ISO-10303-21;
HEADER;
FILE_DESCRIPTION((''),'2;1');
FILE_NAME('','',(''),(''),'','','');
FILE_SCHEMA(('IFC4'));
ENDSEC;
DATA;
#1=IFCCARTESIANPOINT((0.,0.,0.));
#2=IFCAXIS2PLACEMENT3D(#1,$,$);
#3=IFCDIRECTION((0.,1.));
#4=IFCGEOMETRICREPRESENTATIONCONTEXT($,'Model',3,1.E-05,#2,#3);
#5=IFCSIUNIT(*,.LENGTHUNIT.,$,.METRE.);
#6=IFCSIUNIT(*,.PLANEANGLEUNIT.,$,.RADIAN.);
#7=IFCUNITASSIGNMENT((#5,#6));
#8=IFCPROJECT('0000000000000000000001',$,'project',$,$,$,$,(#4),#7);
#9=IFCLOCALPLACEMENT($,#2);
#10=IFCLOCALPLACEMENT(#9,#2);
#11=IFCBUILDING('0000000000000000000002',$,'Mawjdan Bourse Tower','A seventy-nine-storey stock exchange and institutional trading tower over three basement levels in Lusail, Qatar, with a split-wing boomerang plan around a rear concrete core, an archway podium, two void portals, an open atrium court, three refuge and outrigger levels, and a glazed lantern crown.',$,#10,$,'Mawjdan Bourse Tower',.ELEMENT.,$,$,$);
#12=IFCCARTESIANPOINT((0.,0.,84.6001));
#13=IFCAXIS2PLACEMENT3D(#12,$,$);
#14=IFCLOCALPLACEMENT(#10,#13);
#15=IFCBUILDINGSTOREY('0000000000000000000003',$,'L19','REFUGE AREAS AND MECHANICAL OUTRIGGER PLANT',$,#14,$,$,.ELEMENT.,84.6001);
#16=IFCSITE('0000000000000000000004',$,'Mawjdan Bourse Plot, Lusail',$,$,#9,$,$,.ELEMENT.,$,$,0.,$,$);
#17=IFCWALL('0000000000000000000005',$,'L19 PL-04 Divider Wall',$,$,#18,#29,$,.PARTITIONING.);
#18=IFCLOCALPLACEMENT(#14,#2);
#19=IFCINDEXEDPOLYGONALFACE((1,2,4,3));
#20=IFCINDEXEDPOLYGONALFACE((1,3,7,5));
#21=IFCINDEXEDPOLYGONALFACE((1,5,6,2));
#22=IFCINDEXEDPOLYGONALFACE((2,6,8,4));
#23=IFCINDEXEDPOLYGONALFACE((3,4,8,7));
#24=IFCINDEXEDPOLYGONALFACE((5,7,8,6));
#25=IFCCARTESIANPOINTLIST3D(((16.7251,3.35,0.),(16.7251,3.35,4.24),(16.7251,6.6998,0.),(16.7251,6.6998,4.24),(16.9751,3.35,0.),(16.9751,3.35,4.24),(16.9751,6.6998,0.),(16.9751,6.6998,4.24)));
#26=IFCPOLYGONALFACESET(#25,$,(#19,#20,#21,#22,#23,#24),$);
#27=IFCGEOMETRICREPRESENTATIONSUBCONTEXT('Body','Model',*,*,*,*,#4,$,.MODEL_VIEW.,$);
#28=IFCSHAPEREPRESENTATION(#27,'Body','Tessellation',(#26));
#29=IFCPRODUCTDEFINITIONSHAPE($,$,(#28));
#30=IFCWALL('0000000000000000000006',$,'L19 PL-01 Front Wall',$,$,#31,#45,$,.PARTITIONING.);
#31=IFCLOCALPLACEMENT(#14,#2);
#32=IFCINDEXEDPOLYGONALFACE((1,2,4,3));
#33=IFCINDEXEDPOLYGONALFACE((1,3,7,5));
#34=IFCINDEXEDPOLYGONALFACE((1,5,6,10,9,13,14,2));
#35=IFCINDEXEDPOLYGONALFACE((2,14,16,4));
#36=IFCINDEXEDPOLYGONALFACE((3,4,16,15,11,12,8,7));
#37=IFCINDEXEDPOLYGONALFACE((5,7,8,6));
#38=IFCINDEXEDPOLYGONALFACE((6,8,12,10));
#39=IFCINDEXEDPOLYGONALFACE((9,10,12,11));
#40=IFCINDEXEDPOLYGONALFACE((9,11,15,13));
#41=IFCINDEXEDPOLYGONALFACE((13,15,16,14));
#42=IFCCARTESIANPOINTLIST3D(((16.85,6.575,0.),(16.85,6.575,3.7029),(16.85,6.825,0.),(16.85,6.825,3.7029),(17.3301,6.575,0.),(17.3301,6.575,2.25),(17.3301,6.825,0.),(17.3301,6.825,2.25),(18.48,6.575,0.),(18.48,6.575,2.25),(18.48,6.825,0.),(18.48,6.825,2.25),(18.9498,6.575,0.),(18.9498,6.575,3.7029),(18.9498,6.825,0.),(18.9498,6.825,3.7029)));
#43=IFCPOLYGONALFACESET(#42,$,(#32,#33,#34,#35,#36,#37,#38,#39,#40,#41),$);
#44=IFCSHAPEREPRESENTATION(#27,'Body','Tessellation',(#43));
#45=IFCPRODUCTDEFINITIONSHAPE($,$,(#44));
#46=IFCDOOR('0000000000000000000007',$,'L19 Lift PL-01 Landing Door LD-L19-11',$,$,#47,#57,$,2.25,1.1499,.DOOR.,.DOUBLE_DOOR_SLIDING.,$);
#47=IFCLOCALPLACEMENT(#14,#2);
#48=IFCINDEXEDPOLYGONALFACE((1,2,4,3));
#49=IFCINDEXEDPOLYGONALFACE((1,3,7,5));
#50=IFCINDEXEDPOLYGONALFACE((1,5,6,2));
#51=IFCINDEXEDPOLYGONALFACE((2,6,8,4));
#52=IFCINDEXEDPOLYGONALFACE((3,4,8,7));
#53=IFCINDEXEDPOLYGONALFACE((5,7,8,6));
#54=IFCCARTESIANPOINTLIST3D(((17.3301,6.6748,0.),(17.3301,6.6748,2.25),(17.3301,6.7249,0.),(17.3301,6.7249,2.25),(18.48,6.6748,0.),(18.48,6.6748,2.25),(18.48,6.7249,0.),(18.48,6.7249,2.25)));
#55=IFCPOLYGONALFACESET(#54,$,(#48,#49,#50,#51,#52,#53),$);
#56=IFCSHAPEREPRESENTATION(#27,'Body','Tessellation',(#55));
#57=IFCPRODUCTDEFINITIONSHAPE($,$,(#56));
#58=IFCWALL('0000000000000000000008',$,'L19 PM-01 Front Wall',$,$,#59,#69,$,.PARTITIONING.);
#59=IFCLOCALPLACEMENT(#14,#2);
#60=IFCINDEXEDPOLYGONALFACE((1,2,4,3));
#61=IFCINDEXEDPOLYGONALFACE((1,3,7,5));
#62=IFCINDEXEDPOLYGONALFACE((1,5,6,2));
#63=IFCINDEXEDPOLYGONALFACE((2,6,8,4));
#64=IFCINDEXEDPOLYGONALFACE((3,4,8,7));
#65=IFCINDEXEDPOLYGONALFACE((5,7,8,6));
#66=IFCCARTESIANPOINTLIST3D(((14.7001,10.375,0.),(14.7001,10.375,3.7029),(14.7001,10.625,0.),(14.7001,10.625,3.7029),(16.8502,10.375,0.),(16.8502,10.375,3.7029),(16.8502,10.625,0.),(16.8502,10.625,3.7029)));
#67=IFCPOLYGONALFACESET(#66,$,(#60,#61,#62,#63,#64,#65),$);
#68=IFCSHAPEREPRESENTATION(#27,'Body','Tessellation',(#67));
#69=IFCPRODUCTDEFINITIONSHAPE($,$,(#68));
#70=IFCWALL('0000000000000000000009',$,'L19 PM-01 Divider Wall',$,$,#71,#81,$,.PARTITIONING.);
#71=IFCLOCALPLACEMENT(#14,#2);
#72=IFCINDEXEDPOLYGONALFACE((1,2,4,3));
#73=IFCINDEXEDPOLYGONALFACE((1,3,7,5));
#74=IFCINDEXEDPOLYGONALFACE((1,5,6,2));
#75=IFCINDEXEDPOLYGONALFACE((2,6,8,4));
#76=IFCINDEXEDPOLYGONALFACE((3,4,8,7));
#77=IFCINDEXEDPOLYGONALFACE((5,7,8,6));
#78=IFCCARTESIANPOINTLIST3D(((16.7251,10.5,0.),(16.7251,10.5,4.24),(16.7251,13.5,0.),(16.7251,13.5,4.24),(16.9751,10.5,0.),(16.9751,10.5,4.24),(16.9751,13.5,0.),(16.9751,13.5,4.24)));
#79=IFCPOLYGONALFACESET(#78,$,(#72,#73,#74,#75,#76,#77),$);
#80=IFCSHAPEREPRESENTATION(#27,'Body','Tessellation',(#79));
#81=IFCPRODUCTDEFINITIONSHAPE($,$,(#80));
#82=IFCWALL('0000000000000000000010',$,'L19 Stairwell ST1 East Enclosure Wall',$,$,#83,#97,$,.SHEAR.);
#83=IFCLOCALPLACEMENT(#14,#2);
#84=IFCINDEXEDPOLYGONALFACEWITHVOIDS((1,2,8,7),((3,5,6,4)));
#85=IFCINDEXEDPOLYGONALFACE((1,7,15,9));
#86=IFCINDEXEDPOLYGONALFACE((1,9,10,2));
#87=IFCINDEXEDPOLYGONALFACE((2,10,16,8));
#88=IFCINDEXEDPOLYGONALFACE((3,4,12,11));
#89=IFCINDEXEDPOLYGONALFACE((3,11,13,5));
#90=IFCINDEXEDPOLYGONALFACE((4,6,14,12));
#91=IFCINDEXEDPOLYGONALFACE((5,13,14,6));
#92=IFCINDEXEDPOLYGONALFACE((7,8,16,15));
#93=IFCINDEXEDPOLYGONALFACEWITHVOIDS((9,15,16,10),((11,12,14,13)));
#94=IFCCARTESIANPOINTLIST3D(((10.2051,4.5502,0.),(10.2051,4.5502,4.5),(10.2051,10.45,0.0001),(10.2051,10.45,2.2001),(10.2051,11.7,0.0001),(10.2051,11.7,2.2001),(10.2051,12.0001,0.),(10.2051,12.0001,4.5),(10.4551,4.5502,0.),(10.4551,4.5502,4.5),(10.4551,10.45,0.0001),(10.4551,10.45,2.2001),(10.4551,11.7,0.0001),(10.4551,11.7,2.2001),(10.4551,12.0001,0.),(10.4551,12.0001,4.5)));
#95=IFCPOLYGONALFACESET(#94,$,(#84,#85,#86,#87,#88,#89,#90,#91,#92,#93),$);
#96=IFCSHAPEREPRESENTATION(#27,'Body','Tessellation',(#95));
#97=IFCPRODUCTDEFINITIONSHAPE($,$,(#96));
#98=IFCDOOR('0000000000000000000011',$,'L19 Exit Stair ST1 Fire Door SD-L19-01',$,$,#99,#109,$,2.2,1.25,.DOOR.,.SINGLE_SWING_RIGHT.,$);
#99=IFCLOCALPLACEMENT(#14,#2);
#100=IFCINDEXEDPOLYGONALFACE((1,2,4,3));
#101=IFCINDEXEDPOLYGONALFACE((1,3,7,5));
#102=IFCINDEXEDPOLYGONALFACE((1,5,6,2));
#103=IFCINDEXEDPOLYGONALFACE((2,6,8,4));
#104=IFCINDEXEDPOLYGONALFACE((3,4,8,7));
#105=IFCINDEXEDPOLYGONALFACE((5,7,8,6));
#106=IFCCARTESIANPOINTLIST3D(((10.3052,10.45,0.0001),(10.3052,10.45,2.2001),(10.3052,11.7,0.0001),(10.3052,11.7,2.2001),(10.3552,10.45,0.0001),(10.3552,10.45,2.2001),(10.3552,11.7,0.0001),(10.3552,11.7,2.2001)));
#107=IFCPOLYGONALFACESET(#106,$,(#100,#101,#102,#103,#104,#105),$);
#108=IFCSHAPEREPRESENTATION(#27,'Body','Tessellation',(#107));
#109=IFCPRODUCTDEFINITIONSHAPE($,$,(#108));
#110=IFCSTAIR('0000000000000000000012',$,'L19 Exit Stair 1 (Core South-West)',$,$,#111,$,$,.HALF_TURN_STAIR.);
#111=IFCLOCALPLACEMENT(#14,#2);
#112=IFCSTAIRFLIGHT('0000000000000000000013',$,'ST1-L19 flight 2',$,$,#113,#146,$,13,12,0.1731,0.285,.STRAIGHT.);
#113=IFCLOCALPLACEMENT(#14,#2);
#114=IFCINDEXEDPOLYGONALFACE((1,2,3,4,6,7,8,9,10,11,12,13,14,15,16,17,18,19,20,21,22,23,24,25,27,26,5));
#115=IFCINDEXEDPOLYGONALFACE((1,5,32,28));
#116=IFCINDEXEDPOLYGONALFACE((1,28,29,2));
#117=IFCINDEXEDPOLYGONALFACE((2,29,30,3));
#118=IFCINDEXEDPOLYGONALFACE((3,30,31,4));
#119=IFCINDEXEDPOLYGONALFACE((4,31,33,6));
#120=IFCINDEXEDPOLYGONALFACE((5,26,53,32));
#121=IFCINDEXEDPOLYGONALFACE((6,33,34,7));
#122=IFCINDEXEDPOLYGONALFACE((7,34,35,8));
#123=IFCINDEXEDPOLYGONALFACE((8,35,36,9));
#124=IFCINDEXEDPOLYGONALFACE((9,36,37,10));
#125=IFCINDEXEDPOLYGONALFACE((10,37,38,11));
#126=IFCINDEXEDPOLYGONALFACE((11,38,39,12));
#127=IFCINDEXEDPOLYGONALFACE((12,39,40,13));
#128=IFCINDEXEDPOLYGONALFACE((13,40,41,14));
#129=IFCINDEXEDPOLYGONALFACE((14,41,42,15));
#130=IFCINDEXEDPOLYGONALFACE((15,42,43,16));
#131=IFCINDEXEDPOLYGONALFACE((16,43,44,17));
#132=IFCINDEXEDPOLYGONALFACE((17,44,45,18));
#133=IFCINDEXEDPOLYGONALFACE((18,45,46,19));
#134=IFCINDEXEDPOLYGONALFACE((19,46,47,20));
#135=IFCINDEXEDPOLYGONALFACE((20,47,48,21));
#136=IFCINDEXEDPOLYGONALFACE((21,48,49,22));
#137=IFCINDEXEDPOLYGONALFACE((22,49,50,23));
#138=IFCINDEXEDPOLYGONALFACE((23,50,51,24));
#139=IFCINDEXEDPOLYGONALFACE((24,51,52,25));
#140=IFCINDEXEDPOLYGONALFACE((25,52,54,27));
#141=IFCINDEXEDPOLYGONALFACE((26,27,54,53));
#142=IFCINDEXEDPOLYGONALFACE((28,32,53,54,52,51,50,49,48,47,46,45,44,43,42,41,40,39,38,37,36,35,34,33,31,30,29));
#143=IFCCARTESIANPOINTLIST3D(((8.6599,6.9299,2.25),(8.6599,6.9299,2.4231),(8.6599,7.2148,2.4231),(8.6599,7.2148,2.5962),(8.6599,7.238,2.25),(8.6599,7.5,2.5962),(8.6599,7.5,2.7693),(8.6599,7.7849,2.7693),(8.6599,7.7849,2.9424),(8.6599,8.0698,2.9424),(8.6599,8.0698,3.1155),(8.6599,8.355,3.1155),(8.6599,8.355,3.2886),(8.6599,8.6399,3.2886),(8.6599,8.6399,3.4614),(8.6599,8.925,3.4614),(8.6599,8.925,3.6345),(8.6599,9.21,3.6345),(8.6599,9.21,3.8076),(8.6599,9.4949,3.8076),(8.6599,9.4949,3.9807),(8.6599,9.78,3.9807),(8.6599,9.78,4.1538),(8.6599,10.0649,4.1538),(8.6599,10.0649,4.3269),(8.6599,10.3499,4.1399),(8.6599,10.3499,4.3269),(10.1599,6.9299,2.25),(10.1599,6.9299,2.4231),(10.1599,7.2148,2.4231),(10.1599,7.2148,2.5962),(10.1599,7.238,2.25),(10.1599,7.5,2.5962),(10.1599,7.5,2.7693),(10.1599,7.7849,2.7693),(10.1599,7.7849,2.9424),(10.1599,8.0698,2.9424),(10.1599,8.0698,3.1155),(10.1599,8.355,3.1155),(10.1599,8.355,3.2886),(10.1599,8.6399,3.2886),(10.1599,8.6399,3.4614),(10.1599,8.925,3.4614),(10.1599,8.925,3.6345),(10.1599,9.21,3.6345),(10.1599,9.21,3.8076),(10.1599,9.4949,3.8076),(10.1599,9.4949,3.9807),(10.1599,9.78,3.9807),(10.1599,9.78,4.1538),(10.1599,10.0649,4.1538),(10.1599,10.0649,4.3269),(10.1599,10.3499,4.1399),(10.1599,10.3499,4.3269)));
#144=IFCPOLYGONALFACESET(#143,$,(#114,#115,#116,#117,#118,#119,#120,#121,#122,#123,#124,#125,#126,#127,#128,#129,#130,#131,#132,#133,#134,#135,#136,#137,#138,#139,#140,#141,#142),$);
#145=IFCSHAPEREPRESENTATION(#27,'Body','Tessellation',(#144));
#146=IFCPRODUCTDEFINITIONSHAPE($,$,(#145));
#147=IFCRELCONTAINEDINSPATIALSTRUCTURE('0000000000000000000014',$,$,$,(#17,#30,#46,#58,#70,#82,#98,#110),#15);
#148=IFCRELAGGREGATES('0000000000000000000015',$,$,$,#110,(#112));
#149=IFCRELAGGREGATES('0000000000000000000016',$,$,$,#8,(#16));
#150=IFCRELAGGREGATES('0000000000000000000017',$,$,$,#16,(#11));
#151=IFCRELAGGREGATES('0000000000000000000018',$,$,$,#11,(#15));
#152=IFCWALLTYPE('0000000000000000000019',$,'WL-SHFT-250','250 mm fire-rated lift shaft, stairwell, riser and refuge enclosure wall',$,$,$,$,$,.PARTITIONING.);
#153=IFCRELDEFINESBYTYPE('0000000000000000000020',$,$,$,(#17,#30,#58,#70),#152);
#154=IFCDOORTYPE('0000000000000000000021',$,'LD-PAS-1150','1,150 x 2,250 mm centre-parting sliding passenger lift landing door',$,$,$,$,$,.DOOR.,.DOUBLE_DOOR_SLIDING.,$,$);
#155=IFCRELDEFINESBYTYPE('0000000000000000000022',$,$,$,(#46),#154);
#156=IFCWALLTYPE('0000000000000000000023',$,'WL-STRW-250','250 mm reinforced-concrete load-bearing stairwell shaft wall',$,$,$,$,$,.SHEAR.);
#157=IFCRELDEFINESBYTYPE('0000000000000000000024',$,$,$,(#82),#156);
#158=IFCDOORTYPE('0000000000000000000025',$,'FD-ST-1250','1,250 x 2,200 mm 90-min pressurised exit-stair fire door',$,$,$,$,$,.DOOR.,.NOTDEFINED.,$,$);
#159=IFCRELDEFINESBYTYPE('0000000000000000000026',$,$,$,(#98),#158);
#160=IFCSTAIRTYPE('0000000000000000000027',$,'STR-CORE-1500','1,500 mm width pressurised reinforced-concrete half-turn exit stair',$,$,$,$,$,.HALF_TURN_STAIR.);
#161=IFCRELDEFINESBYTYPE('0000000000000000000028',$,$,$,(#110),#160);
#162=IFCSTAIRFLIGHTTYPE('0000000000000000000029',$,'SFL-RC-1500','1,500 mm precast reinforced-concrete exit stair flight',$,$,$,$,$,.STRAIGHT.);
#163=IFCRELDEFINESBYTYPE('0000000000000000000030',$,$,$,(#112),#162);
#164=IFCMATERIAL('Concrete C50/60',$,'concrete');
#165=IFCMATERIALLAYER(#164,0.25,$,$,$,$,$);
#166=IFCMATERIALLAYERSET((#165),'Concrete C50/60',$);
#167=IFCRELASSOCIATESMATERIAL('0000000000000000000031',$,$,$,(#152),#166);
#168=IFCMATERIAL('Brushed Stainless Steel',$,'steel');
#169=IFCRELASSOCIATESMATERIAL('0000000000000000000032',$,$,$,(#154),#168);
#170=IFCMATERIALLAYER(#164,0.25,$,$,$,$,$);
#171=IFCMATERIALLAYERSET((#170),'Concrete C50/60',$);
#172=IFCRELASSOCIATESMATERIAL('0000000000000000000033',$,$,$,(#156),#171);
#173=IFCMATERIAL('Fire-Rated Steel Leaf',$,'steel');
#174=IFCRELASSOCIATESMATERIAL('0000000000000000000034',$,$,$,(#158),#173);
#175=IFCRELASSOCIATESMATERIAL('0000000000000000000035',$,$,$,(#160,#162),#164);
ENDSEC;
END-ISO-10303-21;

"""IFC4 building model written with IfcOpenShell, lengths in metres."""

from ifc_helpers import new_model, si_unit, direction, frame, frame_2d, origin, place, context, subcontext, project, spatial, polyline, rectangle, outline, extrude, material, layer, layer_set, type_object, element, fill, aggregate, save


model = new_model("IFC4")

# Units and contexts
model_context = context("Model", 3, precision=1e-05, world=origin(), true_north=direction((0.0, 1.0)))
body_context = subcontext(model_context, "Body", "Model", "MODEL_VIEW")
ifc_project = project(units=[si_unit("LENGTHUNIT", "METRE"), si_unit("PLANEANGLEUNIT", "RADIAN")], contexts=[model_context])

# Site, building, storey
site_placement = place(None, origin())
site = spatial("IfcSite", under=ifc_project, at=site_placement, Name="Mawjdan Bourse Plot, Lusail", CompositionType="ELEMENT", RefElevation=0.0)
building_placement = place(site_placement, origin())
building = spatial("IfcBuilding", under=site, at=building_placement, Name="Mawjdan Bourse Tower", Description="A seventy-nine-storey stock exchange and institutional trading tower over three basement levels in Lusail, Qatar, with a split-wing boomerang plan around a rear concrete core, an archway podium, two void portals, an open atrium court, three refuge and outrigger levels, and a glazed lantern crown.", LongName="Mawjdan Bourse Tower", CompositionType="ELEMENT")
storey_placement = place(building_placement, frame((0.0, 0.0, 84.6001)))
storey = spatial("IfcBuildingStorey", under=building, at=storey_placement, Name="L19", Description="REFUGE AREAS AND MECHANICAL OUTRIGGER PLANT", CompositionType="ELEMENT", Elevation=84.6001)

# Shared definitions
ifc_material_1 = material(Name="Concrete C50/60", Category="concrete")
ifc_layer_1 = layer(ifc_material_1, 0.25)
ifc_layer_set_1 = layer_set([ifc_layer_1], Name="Concrete C50/60")
wall_type_1 = type_object("IfcWallType", Name="WL-SHFT-250", Description="250 mm fire-rated lift shaft, stairwell, riser and refuge enclosure wall", PredefinedType="PARTITIONING", material=ifc_layer_set_1)

# Shared definitions
ifc_material_2 = material(Name="Brushed Stainless Steel", Category="steel")

# Shared definitions
ifc_material_3 = material(Name="Fire-Rated Steel Leaf", Category="steel")

# Shared definitions
door_type_1 = type_object("IfcDoorType", Name="LD-PAS-1150", Description="1,150 x 2,250 mm centre-parting sliding passenger lift landing door", OperationType="DOUBLE_DOOR_SLIDING", PredefinedType="DOOR", material=ifc_material_2)

# Wall
wall_1_placement = place(storey_placement, frame((16.8501, 3.3501, 0.0), z_axis=(0.0, 0.0, 1.0), x_axis=(0.0, 1.0, 0.0)))
element("IfcWall", 1, at=wall_1_placement, inside=storey, type_object=wall_type_1, Name="L19 PL-04 Divider Wall", PredefinedType="PARTITIONING", context=body_context, shape_type="SweptSolid", body=[
    extrude(rectangle(XDim=3.3499, YDim=0.25, at=frame_2d((1.6748, 0.0))), origin(), (0.0, 0.0, 1.0), 4.24),
])

# Wall, opening, door
wall_2_placement = place(storey_placement, frame((16.8501, 6.7, 0.0), z_axis=(0.0, 0.0, 1.0), x_axis=(1.0, 0.0, 0.0)))
wall_2 = element("IfcWall", 2, at=wall_2_placement, inside=storey, type_object=wall_type_1, Name="L19 PL-01 Front Wall", PredefinedType="PARTITIONING", context=body_context, shape_type="SweptSolid", body=[
    extrude(rectangle(XDim=2.0999, YDim=0.25, at=frame_2d((1.0498, 0.0))), origin(), (0.0, 0.0, 1.0), 3.7029),
])
opening_1_placement = place(wall_2_placement, frame((0.48, 0.0, 0.0)))
opening_1 = element("IfcOpeningElement", 3, at=opening_1_placement, cuts=wall_2, PredefinedType="OPENING", context=body_context, shape_type="SweptSolid", body=[
    extrude(rectangle(XDim=1.1499, YDim=2.25, at=frame_2d((0.575, 1.125))), frame((0.0, 0.135, 0.0), z_axis=(0.0, -1.0, 0.0), x_axis=(1.0, 0.0, 0.0)), (0.0, 0.0, 1.0), 0.27),
])
door_1_placement = place(opening_1_placement, origin())
door_1 = element("IfcDoor", 4, at=door_1_placement, inside=storey, type_object=door_type_1, Name="L19 Lift PL-01 Landing Door LD-L19-11", OperationType="DOUBLE_DOOR_SLIDING", OverallHeight=2.25, OverallWidth=1.1499, PredefinedType="DOOR", context=body_context, shape_type="SweptSolid", body=[
    extrude(rectangle(XDim=1.1499, YDim=2.25, at=frame_2d((0.575, 1.125))), frame((0.0, 0.0249, 0.0), z_axis=(0.0, -1.0, 0.0), x_axis=(1.0, 0.0, 0.0)), (0.0, 0.0, 1.0), 0.05),
])
fill(opening_1, door_1)

# Walls
wall_3_placement = place(storey_placement, frame((14.7, 10.5, 0.0), z_axis=(0.0, 0.0, 1.0), x_axis=(1.0, 0.0, 0.0)))
element("IfcWall", 5, at=wall_3_placement, inside=storey, type_object=wall_type_1, Name="L19 PM-01 Front Wall", PredefinedType="PARTITIONING", context=body_context, shape_type="SweptSolid", body=[
    extrude(rectangle(XDim=2.1501, YDim=0.25, at=frame_2d((1.0752, 0.0))), origin(), (0.0, 0.0, 1.0), 3.7029),
])
wall_4_placement = place(storey_placement, frame((16.8501, 10.5, 0.0), z_axis=(0.0, 0.0, 1.0), x_axis=(0.0, 1.0, 0.0)))
element("IfcWall", 6, at=wall_4_placement, inside=storey, type_object=wall_type_1, Name="L19 PM-01 Divider Wall", PredefinedType="PARTITIONING", context=body_context, shape_type="SweptSolid", body=[
    extrude(rectangle(XDim=3.0, YDim=0.25, at=frame_2d((1.5, 0.0))), origin(), (0.0, 0.0, 1.0), 4.24),
])

# Wall, opening, door
ifc_layer_2 = layer(ifc_material_1, 0.25)
ifc_layer_set_2 = layer_set([ifc_layer_2], Name="Concrete C50/60")
wall_type_2 = type_object("IfcWallType", Name="WL-STRW-250", Description="250 mm reinforced-concrete load-bearing stairwell shaft wall", PredefinedType="SHEAR", material=ifc_layer_set_2)
wall_5_placement = place(storey_placement, frame((10.3301, 4.55, 0.0), z_axis=(0.0, 0.0, 1.0), x_axis=(0.0, 1.0, 0.0)))
wall_5 = element("IfcWall", 7, at=wall_5_placement, inside=storey, type_object=wall_type_2, Name="L19 Stairwell ST1 East Enclosure Wall", PredefinedType="SHEAR", context=body_context, shape_type="SweptSolid", body=[
    extrude(rectangle(XDim=7.45, YDim=0.25, at=frame_2d((3.7251, 0.0))), origin(), (0.0, 0.0, 1.0), 4.5),
])
opening_2_placement = place(wall_5_placement, frame((5.8999, 0.0, 0.0)))
opening_2 = element("IfcOpeningElement", 8, at=opening_2_placement, cuts=wall_5, PredefinedType="OPENING", context=body_context, shape_type="SweptSolid", body=[
    extrude(rectangle(XDim=1.25, YDim=2.2, at=frame_2d((0.625, 1.1001))), frame((0.0, 0.135, 0.0), z_axis=(0.0, -1.0, 0.0), x_axis=(1.0, 0.0, 0.0)), (0.0, 0.0, 1.0), 0.27),
])
door_type_2 = type_object("IfcDoorType", Name="FD-ST-1250", Description="1,250 x 2,200 mm 90-min pressurised exit-stair fire door", OperationType="NOTDEFINED", PredefinedType="DOOR", material=ifc_material_3)
door_2_placement = place(opening_2_placement, origin())
door_2 = element("IfcDoor", 9, at=door_2_placement, inside=storey, type_object=door_type_2, Name="L19 Exit Stair ST1 Fire Door SD-L19-01", OperationType="SINGLE_SWING_RIGHT", OverallHeight=2.2, OverallWidth=1.25, PredefinedType="DOOR", context=body_context, shape_type="SweptSolid", body=[
    extrude(rectangle(XDim=1.25, YDim=2.2, at=frame_2d((0.625, 1.1001))), frame((0.0, 0.0249, 0.0), z_axis=(0.0, -1.0, 0.0), x_axis=(1.0, 0.0, 0.0)), (0.0, 0.0, 1.0), 0.05),
])
fill(opening_2, door_2)

# Stair, stair flight
stair_type = type_object("IfcStairType", Name="STR-CORE-1500", Description="1,500 mm width pressurised reinforced-concrete half-turn exit stair", PredefinedType="HALF_TURN_STAIR", material=ifc_material_1)
stair_placement = place(storey_placement, origin())
stair = element("IfcStair", 10, at=stair_placement, inside=storey, type_object=stair_type, Name="L19 Exit Stair 1 (Core South-West)", PredefinedType="HALF_TURN_STAIR")
stair_flight_type = type_object("IfcStairFlightType", Name="SFL-RC-1500", Description="1,500 mm precast reinforced-concrete exit stair flight", PredefinedType="STRAIGHT", material=ifc_material_1)
stair_flight_placement = place(storey_placement, frame((9.4099, 6.9299, 2.25), z_axis=(0.0, 0.0, 1.0), x_axis=(0.0, 1.0, 0.0)))
stair_flight = element("IfcStairFlight", 11, at=stair_flight_placement, type_object=stair_flight_type, Name="ST1-L19 flight 2", NumberOfRisers=13, NumberOfTreads=12, PredefinedType="STRAIGHT", RiserHeight=0.1731, TreadLength=0.285, context=body_context, shape_type="SweptSolid", body=[
    extrude(outline(polyline([(0.0, 0.0), (0.0, 0.1731), (0.2849, 0.1731), (0.2849, 0.3462), (0.5701, 0.3462), (0.5701, 0.5193), (0.855, 0.5193), (0.855, 0.6924), (1.1399, 0.6924), (1.1399, 0.8655), (1.425, 0.8655), (1.425, 1.0386), (1.71, 1.0386), (1.71, 1.2114), (1.9951, 1.2114), (1.9951, 1.3845), (2.28, 1.3845), (2.28, 1.5576), (2.5649, 1.5576), (2.5649, 1.7307), (2.8501, 1.7307), (2.8501, 1.9038), (3.135, 1.9038), (3.135, 2.0769), (3.4199, 2.0769), (3.4199, 2.25), (3.4199, 1.8899), (0.3081, 0.0), (0.0, 0.0)])), frame((0.0, 0.75, 0.0), z_axis=(0.0, -1.0, 0.0), x_axis=(1.0, 0.0, 0.0)), (0.0, 0.0, 1.0), 1.5),
])
aggregate(stair, [stair_flight])

save(model, "model.ifc")
